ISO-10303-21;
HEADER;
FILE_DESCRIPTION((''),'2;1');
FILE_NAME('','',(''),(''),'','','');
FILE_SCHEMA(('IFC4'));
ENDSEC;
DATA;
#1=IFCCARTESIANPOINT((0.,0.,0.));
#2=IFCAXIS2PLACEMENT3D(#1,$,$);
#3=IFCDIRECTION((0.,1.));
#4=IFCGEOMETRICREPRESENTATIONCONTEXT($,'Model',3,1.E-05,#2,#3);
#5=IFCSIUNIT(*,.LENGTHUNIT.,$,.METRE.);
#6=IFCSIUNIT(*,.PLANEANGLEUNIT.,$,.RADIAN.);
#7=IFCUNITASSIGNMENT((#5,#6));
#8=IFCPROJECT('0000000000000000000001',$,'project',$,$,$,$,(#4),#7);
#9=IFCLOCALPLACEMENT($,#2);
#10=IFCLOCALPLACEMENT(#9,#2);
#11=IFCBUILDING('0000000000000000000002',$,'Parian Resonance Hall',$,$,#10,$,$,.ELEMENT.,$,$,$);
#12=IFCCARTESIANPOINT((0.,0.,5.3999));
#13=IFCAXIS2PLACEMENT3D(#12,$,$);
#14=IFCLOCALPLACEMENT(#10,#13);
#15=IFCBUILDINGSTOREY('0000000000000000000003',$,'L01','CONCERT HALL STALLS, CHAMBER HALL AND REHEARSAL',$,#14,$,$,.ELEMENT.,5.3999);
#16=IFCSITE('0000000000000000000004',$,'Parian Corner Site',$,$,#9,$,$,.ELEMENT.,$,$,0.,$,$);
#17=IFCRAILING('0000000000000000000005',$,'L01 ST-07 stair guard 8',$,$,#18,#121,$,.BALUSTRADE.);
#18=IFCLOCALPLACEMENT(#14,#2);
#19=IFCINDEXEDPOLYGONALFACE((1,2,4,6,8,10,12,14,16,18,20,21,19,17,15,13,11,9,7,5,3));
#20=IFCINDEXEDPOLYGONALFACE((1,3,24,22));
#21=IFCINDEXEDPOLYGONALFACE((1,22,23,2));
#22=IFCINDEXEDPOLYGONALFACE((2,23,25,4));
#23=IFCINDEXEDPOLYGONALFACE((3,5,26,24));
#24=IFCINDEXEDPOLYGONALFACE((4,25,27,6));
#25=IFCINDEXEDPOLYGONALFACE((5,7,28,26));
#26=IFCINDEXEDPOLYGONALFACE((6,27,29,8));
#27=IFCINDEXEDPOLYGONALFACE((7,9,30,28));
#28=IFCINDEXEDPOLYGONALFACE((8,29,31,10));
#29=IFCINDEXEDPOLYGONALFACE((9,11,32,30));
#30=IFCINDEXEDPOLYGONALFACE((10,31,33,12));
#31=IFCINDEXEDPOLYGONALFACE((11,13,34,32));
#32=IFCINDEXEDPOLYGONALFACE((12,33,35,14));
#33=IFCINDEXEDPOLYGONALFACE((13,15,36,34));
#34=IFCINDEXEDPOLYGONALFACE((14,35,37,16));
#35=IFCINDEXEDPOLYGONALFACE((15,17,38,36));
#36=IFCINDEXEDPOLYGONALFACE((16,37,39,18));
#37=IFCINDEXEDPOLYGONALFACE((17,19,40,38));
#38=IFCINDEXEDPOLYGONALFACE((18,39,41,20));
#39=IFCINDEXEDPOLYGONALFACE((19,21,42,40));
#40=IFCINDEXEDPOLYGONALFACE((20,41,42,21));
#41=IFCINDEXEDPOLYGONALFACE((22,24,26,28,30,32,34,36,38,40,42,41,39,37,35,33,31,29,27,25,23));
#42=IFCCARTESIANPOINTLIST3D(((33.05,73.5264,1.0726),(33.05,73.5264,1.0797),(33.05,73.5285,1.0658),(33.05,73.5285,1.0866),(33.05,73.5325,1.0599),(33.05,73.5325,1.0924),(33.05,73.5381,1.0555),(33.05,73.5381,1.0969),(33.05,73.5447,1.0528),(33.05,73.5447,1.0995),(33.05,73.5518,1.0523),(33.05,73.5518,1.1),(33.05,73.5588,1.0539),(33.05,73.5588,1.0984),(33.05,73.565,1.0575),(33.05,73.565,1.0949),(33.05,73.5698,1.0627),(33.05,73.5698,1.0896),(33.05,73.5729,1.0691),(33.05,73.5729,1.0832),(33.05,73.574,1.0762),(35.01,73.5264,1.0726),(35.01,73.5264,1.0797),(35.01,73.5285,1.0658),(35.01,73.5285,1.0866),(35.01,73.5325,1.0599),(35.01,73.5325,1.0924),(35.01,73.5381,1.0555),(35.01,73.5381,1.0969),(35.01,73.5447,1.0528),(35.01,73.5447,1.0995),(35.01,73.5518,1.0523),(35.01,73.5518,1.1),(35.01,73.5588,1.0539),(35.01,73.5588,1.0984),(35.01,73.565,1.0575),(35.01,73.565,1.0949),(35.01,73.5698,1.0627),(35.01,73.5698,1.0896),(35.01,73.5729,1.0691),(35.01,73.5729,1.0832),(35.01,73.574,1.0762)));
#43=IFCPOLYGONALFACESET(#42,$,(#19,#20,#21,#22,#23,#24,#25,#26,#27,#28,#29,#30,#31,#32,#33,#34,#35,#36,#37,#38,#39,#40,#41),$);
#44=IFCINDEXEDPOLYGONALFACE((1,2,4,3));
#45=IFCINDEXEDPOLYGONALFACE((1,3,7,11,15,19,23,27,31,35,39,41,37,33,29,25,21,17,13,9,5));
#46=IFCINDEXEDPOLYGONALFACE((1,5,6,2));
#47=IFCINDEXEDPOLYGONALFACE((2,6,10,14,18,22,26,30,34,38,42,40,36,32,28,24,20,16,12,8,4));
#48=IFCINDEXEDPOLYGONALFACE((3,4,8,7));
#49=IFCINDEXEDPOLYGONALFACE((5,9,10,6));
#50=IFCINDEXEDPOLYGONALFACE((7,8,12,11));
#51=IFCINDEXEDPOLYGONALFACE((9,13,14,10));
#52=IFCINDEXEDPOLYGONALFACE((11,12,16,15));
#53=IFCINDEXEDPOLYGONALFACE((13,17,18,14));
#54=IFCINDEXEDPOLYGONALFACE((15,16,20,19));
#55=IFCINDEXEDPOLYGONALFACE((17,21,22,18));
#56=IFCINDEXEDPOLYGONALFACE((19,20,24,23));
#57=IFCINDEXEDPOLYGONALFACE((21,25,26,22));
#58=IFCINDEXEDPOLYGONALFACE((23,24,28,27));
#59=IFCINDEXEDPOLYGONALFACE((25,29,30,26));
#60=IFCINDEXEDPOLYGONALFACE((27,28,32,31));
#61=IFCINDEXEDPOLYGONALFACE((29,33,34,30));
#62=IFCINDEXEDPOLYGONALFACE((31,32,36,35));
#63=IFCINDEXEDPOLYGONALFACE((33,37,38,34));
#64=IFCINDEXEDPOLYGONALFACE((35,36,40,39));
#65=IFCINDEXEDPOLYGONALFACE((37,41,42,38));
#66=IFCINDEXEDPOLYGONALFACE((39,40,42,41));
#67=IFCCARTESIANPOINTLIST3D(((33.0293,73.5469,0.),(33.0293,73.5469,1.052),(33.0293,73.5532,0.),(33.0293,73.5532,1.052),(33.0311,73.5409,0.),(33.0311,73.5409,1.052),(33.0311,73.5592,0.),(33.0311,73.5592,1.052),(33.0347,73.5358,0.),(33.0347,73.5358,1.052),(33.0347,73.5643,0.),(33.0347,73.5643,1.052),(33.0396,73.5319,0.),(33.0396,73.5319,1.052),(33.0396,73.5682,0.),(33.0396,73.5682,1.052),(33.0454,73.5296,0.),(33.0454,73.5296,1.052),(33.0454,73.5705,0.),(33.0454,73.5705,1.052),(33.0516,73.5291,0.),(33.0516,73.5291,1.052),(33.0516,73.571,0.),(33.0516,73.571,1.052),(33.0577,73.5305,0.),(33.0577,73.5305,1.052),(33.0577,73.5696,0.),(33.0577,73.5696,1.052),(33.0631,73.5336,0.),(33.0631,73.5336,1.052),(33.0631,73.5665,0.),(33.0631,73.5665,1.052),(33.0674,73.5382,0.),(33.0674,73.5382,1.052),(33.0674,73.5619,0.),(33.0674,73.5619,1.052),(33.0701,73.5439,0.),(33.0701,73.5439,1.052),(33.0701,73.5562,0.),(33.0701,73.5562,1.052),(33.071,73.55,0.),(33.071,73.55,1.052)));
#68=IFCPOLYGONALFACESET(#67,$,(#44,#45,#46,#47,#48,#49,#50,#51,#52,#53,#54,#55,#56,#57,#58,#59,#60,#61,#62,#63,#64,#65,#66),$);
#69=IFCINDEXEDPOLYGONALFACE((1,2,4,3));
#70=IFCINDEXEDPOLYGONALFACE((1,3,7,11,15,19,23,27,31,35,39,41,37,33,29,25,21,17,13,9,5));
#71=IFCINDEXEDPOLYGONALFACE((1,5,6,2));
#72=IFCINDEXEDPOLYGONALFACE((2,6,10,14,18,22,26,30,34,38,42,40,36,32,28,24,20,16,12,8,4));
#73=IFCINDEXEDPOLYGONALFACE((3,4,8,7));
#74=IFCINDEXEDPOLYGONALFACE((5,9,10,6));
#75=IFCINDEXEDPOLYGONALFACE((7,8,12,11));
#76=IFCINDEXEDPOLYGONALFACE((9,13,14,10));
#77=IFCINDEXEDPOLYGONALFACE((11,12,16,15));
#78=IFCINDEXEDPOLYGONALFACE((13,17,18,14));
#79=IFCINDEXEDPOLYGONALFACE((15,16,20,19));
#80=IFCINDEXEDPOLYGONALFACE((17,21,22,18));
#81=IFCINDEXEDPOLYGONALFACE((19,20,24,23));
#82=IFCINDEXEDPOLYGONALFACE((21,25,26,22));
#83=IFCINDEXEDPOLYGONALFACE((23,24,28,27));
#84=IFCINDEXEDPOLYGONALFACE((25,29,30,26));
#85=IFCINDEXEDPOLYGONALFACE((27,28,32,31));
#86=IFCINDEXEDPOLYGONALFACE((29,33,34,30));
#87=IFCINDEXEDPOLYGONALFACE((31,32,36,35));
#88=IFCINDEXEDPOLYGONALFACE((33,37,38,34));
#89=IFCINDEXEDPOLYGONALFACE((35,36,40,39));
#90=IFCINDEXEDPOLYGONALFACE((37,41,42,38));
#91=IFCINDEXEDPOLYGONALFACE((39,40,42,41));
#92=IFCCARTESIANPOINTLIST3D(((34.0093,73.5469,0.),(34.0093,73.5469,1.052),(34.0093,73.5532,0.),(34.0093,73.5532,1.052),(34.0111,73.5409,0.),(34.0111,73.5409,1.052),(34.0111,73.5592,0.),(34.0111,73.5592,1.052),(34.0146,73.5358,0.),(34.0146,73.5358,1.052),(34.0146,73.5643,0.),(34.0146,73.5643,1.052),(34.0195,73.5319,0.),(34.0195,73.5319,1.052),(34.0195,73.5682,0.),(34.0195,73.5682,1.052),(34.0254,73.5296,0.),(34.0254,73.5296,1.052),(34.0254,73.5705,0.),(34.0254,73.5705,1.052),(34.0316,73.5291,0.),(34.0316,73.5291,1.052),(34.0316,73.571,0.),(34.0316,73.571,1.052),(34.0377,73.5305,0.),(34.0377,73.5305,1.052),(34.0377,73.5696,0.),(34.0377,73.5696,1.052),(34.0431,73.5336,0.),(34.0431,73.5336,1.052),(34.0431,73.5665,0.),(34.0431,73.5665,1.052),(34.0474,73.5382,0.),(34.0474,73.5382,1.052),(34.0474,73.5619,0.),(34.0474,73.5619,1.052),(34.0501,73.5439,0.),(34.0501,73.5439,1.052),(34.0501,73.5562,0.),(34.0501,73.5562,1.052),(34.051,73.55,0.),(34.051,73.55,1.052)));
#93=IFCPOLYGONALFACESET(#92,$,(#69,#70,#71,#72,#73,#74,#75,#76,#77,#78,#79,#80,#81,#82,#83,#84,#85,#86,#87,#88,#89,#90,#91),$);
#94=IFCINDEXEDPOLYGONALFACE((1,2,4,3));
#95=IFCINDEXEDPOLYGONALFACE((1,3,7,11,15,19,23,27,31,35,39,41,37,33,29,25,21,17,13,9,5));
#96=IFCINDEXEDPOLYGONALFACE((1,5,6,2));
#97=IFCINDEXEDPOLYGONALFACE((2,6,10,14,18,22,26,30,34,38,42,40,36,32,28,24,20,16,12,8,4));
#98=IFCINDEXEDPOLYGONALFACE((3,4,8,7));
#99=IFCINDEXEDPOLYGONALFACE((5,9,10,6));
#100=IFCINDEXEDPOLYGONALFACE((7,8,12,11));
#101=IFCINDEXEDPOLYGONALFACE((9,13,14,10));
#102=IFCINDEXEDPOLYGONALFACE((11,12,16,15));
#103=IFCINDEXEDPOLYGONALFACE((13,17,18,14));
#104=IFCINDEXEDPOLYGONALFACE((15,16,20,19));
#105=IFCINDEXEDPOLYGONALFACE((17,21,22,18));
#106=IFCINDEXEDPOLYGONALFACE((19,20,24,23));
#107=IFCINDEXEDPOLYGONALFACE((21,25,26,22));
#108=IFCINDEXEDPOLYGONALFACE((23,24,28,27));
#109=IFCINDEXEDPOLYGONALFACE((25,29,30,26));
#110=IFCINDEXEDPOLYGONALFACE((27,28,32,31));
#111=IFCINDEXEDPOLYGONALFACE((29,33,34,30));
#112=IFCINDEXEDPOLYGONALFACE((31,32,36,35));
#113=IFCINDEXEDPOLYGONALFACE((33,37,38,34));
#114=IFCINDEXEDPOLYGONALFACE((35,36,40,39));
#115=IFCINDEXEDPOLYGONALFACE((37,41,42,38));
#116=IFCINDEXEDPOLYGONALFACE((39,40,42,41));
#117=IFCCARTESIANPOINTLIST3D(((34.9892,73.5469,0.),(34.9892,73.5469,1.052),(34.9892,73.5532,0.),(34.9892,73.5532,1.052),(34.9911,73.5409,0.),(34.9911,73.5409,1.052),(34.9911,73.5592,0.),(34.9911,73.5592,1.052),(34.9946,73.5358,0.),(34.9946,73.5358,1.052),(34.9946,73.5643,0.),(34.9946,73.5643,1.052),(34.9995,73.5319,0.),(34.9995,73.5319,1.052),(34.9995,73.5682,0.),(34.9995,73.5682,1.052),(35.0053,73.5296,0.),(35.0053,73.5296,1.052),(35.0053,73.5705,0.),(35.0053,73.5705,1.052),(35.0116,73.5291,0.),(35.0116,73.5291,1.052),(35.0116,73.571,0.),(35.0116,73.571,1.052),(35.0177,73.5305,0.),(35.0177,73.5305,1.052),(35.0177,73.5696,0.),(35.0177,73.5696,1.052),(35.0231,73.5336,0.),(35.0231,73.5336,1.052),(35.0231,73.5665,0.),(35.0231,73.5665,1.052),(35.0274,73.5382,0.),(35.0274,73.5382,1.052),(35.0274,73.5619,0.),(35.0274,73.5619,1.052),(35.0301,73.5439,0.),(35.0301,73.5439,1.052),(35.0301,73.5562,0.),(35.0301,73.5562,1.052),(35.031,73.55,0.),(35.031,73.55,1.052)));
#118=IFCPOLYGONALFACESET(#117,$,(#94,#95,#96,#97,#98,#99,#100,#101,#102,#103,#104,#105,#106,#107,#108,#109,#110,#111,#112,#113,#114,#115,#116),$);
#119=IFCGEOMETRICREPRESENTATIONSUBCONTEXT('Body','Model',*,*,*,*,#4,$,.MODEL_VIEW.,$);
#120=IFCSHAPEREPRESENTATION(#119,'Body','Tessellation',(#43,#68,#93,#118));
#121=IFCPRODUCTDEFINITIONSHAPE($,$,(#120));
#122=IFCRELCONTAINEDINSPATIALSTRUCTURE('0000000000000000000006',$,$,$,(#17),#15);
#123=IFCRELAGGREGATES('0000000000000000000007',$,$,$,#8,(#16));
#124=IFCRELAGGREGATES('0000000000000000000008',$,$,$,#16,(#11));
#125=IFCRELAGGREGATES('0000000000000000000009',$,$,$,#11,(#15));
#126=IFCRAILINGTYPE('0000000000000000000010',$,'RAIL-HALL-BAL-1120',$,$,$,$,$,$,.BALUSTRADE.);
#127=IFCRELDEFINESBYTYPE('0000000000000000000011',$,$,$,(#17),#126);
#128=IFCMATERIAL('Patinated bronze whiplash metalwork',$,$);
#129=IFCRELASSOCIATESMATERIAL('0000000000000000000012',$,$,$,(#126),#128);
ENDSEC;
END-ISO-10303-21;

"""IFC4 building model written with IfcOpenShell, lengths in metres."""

from ifc_helpers import new_model, si_unit, direction, frame, origin, origin_2d, place, context, subcontext, project, spatial, circle, extrude, material, type_object, element, save


model = new_model("IFC4")

# Units and contexts
model_context = context("Model", 3, precision=1e-05, world=origin(), true_north=direction((0.0, 1.0)))
body_context = subcontext(model_context, "Body", "Model", "MODEL_VIEW")
ifc_project = project(units=[si_unit("LENGTHUNIT", "METRE"), si_unit("PLANEANGLEUNIT", "RADIAN")], contexts=[model_context])

# Site, building, storey
site_placement = place(None, origin())
site = spatial("IfcSite", under=ifc_project, at=site_placement, Name="Parian Corner Site", CompositionType="ELEMENT", RefElevation=0.0)
building_placement = place(site_placement, origin())
building = spatial("IfcBuilding", under=site, at=building_placement, Name="Parian Resonance Hall", CompositionType="ELEMENT")
storey_placement = place(building_placement, frame((0.0, 0.0, 5.3999)))
storey = spatial("IfcBuildingStorey", under=building, at=storey_placement, Name="L01", Description="CONCERT HALL STALLS, CHAMBER HALL AND REHEARSAL", CompositionType="ELEMENT", Elevation=5.3999)

# Railing
ifc_material_1 = material(Name="Patinated bronze whiplash metalwork")
railing_type_1 = type_object("IfcRailingType", Name="RAIL-HALL-BAL-1120", PredefinedType="BALUSTRADE", material=ifc_material_1)
railing_1_placement = place(storey_placement, frame((33.05, 73.55, 0.0)))
element("IfcRailing", 1, at=railing_1_placement, inside=storey, type_object=railing_type_1, Name="L01 ST-07 stair guard 8", PredefinedType="BALUSTRADE", context=body_context, shape_type="SweptSolid", body=[
    extrude(circle(Radius=0.0239, at=origin_2d()), frame((0.0, 0.0, 1.0762), z_axis=(1.0, 0.0, 0.0), x_axis=(0.0, 1.0, 0.0)), (0.0, 0.0, 1.0), 1.96),
    extrude(circle(Radius=0.021, at=origin_2d()), origin(), (0.0, 0.0, 1.0), 1.052),
    extrude(circle(Radius=0.021, at=origin_2d()), frame((0.98, 0.0, 0.0)), (0.0, 0.0, 1.0), 1.052),
    extrude(circle(Radius=0.021, at=origin_2d()), frame((1.96, 0.0, 0.0)), (0.0, 0.0, 1.0), 1.052),
])

save(model, "model.ifc")
